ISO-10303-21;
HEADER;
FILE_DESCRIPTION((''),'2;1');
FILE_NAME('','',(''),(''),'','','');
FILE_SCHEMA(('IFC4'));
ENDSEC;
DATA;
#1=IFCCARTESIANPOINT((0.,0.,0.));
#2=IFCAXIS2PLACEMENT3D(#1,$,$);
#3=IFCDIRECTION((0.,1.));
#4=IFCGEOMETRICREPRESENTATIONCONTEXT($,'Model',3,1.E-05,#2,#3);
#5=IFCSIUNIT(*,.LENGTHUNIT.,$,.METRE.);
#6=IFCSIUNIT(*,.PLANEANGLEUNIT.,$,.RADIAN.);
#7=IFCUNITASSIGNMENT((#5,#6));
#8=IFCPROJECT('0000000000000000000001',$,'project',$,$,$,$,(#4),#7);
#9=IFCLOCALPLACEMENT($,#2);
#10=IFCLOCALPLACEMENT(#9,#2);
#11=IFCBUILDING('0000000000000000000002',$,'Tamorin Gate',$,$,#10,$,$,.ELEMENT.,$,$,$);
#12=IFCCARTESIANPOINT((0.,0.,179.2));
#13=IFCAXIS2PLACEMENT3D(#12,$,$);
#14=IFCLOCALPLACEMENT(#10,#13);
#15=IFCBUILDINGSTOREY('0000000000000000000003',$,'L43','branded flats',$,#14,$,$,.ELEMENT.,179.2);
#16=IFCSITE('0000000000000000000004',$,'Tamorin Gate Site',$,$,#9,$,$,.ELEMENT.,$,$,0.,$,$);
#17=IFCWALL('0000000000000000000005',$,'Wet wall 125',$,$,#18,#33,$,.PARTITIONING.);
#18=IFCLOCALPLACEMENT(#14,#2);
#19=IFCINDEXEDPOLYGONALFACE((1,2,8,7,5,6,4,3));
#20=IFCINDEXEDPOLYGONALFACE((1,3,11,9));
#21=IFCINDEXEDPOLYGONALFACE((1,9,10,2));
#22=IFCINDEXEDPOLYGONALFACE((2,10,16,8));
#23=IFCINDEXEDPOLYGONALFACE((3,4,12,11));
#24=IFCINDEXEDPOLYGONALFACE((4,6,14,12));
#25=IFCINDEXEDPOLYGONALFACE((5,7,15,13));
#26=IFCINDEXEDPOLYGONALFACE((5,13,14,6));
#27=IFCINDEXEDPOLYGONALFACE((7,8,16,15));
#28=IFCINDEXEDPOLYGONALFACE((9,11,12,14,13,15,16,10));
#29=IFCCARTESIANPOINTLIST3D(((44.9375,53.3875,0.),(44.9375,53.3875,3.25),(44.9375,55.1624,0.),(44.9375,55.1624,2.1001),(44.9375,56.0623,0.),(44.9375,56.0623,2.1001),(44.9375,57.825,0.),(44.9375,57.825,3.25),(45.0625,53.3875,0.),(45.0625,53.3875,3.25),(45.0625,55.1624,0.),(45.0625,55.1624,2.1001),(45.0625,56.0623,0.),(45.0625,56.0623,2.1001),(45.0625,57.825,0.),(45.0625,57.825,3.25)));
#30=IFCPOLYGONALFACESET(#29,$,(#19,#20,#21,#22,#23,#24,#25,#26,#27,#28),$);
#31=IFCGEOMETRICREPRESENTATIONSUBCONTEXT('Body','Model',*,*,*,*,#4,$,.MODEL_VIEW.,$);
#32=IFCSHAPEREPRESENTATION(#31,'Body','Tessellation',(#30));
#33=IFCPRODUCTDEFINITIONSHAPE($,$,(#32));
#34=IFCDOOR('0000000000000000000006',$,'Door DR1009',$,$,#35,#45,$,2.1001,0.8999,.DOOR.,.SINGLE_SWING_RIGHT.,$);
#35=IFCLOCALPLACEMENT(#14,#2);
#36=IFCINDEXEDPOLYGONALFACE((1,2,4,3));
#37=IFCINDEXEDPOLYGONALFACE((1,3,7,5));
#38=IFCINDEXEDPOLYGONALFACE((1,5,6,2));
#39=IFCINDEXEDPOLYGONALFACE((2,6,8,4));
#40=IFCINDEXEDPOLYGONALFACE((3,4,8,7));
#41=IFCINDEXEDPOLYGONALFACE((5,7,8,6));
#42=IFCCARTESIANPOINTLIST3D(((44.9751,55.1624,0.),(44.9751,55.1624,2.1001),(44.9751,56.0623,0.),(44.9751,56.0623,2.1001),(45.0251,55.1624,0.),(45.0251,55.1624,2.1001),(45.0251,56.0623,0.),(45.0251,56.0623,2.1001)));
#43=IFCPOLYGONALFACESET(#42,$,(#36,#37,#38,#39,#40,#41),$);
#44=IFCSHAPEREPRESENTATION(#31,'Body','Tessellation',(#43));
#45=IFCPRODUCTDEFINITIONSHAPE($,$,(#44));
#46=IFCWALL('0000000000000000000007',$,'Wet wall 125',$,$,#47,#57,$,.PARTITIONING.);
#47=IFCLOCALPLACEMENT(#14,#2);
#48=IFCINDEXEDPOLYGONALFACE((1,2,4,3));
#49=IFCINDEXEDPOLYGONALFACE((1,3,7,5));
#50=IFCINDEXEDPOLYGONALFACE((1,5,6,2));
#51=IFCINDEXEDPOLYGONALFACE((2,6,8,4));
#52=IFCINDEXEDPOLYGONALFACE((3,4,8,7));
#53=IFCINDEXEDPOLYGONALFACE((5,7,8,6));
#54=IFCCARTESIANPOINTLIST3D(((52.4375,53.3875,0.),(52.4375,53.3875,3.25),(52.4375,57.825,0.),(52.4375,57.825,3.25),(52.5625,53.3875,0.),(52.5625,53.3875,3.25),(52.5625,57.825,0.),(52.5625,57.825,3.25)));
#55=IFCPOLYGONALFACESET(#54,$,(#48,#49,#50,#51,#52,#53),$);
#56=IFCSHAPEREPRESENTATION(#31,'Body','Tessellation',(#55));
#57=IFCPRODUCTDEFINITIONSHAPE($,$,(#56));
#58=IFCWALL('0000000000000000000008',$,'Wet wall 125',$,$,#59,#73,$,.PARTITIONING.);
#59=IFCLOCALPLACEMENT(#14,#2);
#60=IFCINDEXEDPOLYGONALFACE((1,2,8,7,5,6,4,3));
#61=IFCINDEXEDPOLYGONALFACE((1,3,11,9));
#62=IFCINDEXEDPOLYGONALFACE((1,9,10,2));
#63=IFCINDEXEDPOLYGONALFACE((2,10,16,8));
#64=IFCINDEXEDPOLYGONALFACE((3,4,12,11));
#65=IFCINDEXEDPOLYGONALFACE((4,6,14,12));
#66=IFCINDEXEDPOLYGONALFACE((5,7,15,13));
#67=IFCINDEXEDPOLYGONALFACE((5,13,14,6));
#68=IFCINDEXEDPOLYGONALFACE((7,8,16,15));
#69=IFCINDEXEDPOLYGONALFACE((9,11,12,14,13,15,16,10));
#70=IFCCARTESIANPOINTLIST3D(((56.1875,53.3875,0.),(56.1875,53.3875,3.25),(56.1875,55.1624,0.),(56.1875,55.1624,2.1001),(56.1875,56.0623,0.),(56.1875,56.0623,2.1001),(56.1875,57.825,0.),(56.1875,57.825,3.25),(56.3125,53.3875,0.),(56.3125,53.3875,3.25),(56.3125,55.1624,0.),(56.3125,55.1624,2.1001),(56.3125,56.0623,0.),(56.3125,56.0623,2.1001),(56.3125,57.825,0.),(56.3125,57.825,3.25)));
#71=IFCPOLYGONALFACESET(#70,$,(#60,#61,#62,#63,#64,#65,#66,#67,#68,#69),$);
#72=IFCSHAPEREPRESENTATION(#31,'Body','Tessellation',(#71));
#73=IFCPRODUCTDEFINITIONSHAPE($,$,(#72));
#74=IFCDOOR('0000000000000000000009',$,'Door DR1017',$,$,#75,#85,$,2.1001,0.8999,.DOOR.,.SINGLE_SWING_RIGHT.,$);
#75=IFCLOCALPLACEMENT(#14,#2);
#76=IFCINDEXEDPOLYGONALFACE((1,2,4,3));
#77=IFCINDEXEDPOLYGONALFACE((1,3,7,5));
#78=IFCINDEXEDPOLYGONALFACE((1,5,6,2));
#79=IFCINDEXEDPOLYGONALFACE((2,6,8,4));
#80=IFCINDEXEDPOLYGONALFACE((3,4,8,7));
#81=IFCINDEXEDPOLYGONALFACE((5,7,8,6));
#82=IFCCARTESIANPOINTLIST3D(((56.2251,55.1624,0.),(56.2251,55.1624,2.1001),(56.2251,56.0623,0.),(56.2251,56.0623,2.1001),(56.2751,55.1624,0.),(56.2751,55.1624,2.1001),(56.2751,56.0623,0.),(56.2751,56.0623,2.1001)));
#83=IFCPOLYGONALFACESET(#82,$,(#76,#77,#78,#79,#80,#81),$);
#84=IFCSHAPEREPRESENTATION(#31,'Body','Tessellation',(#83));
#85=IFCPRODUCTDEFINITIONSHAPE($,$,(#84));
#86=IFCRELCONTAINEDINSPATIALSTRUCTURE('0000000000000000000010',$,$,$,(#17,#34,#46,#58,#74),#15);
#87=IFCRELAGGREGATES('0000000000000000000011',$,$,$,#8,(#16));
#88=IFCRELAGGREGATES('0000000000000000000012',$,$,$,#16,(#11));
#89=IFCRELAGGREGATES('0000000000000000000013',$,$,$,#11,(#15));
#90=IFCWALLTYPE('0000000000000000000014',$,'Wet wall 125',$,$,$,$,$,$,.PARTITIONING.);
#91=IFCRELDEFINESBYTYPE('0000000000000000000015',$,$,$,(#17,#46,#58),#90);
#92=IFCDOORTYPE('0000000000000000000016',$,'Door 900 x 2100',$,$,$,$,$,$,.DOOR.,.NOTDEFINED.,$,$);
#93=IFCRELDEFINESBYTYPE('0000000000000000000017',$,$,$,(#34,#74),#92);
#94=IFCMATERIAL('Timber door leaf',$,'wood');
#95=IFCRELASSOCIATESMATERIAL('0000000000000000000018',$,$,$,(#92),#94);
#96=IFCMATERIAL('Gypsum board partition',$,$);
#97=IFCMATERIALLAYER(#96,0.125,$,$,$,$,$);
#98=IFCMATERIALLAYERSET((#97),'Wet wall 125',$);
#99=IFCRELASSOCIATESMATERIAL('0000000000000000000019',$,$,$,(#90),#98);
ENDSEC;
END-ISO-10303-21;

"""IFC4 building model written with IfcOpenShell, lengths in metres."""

from ifc_helpers import new_model, si_unit, direction, frame, frame_2d, origin, place, context, subcontext, project, spatial, rectangle, extrude, material, layer, layer_set, type_object, element, fill, save


model = new_model("IFC4")

# Units and contexts
model_context = context("Model", 3, precision=1e-05, world=origin(), true_north=direction((0.0, 1.0)))
body_context = subcontext(model_context, "Body", "Model", "MODEL_VIEW")
ifc_project = project(units=[si_unit("LENGTHUNIT", "METRE"), si_unit("PLANEANGLEUNIT", "RADIAN")], contexts=[model_context])

# Site, building, storey
site_placement = place(None, origin())
site = spatial("IfcSite", under=ifc_project, at=site_placement, Name="Tamorin Gate Site", CompositionType="ELEMENT", RefElevation=0.0)
building_placement = place(site_placement, origin())
building = spatial("IfcBuilding", under=site, at=building_placement, Name="Tamorin Gate", CompositionType="ELEMENT")
storey_placement = place(building_placement, frame((0.0, 0.0, 179.2)))
storey = spatial("IfcBuildingStorey", under=building, at=storey_placement, Name="L43", Description="branded flats", CompositionType="ELEMENT", Elevation=179.2)

# Shared definitions
ifc_material_1 = material(Name="Gypsum board partition")

# Shared definitions
ifc_material_2 = material(Name="Timber door leaf", Category="wood")
door_type = type_object("IfcDoorType", Name="Door 900 x 2100", OperationType="NOTDEFINED", PredefinedType="DOOR", material=ifc_material_2)

# Shared definitions
ifc_layer_1 = layer(ifc_material_1, 0.125)
ifc_layer_set_1 = layer_set([ifc_layer_1], Name="Wet wall 125")
wall_type_1 = type_object("IfcWallType", Name="Wet wall 125", PredefinedType="PARTITIONING", material=ifc_layer_set_1)

# Wall, opening, door
wall_1_placement = place(storey_placement, frame((45.0, 53.3875, 0.0), z_axis=(0.0, 0.0, 1.0), x_axis=(0.0, 1.0, 0.0)))
wall_1 = element("IfcWall", 1, at=wall_1_placement, inside=storey, type_object=wall_type_1, Name="Wet wall 125", PredefinedType="PARTITIONING", context=body_context, shape_type="SweptSolid", body=[
    extrude(rectangle(XDim=4.4375, YDim=0.125, at=frame_2d((2.2188, 0.0))), origin(), (0.0, 0.0, 1.0), 3.25),
])
opening_1_placement = place(wall_1_placement, frame((1.7749, 0.0, 0.0)))
opening_1 = element("IfcOpeningElement", 2, at=opening_1_placement, cuts=wall_1, PredefinedType="OPENING", context=body_context, shape_type="SweptSolid", body=[
    extrude(rectangle(XDim=0.8999, YDim=2.1001, at=frame_2d((0.45, 1.05))), frame((0.0, 0.0725, 0.0), z_axis=(0.0, -1.0, 0.0), x_axis=(1.0, 0.0, 0.0)), (0.0, 0.0, 1.0), 0.145),
])
door_1_placement = place(opening_1_placement, origin())
door_1 = element("IfcDoor", 3, at=door_1_placement, inside=storey, type_object=door_type, Name="Door DR1009", OperationType="SINGLE_SWING_RIGHT", OverallHeight=2.1001, OverallWidth=0.8999, PredefinedType="DOOR", context=body_context, shape_type="SweptSolid", body=[
    extrude(rectangle(XDim=0.8999, YDim=2.1001, at=frame_2d((0.45, 1.05))), frame((0.0, 0.0249, 0.0), z_axis=(0.0, -1.0, 0.0), x_axis=(1.0, 0.0, 0.0)), (0.0, 0.0, 1.0), 0.05),
])
fill(opening_1, door_1)

# Wall
wall_2_placement = place(storey_placement, frame((52.5, 53.3875, 0.0), z_axis=(0.0, 0.0, 1.0), x_axis=(0.0, 1.0, 0.0)))
element("IfcWall", 4, at=wall_2_placement, inside=storey, type_object=wall_type_1, Name="Wet wall 125", PredefinedType="PARTITIONING", context=body_context, shape_type="SweptSolid", body=[
    extrude(rectangle(XDim=4.4375, YDim=0.125, at=frame_2d((2.2188, 0.0))), origin(), (0.0, 0.0, 1.0), 3.25),
])

# Wall, opening, door
wall_3_placement = place(storey_placement, frame((56.25, 53.3875, 0.0), z_axis=(0.0, 0.0, 1.0), x_axis=(0.0, 1.0, 0.0)))
wall_3 = element("IfcWall", 5, at=wall_3_placement, inside=storey, type_object=wall_type_1, Name="Wet wall 125", PredefinedType="PARTITIONING", context=body_context, shape_type="SweptSolid", body=[
    extrude(rectangle(XDim=4.4375, YDim=0.125, at=frame_2d((2.2188, 0.0))), origin(), (0.0, 0.0, 1.0), 3.25),
])
opening_2_placement = place(wall_3_placement, frame((1.7749, 0.0, 0.0)))
opening_2 = element("IfcOpeningElement", 6, at=opening_2_placement, cuts=wall_3, PredefinedType="OPENING", context=body_context, shape_type="SweptSolid", body=[
    extrude(rectangle(XDim=0.8999, YDim=2.1001, at=frame_2d((0.45, 1.05))), frame((0.0, 0.0725, 0.0), z_axis=(0.0, -1.0, 0.0), x_axis=(1.0, 0.0, 0.0)), (0.0, 0.0, 1.0), 0.145),
])
door_2_placement = place(opening_2_placement, origin())
door_2 = element("IfcDoor", 7, at=door_2_placement, inside=storey, type_object=door_type, Name="Door DR1017", OperationType="SINGLE_SWING_RIGHT", OverallHeight=2.1001, OverallWidth=0.8999, PredefinedType="DOOR", context=body_context, shape_type="SweptSolid", body=[
    extrude(rectangle(XDim=0.8999, YDim=2.1001, at=frame_2d((0.45, 1.05))), frame((0.0, 0.0249, 0.0), z_axis=(0.0, -1.0, 0.0), x_axis=(1.0, 0.0, 0.0)), (0.0, 0.0, 1.0), 0.05),
])
fill(opening_2, door_2)

save(model, "model.ifc")
